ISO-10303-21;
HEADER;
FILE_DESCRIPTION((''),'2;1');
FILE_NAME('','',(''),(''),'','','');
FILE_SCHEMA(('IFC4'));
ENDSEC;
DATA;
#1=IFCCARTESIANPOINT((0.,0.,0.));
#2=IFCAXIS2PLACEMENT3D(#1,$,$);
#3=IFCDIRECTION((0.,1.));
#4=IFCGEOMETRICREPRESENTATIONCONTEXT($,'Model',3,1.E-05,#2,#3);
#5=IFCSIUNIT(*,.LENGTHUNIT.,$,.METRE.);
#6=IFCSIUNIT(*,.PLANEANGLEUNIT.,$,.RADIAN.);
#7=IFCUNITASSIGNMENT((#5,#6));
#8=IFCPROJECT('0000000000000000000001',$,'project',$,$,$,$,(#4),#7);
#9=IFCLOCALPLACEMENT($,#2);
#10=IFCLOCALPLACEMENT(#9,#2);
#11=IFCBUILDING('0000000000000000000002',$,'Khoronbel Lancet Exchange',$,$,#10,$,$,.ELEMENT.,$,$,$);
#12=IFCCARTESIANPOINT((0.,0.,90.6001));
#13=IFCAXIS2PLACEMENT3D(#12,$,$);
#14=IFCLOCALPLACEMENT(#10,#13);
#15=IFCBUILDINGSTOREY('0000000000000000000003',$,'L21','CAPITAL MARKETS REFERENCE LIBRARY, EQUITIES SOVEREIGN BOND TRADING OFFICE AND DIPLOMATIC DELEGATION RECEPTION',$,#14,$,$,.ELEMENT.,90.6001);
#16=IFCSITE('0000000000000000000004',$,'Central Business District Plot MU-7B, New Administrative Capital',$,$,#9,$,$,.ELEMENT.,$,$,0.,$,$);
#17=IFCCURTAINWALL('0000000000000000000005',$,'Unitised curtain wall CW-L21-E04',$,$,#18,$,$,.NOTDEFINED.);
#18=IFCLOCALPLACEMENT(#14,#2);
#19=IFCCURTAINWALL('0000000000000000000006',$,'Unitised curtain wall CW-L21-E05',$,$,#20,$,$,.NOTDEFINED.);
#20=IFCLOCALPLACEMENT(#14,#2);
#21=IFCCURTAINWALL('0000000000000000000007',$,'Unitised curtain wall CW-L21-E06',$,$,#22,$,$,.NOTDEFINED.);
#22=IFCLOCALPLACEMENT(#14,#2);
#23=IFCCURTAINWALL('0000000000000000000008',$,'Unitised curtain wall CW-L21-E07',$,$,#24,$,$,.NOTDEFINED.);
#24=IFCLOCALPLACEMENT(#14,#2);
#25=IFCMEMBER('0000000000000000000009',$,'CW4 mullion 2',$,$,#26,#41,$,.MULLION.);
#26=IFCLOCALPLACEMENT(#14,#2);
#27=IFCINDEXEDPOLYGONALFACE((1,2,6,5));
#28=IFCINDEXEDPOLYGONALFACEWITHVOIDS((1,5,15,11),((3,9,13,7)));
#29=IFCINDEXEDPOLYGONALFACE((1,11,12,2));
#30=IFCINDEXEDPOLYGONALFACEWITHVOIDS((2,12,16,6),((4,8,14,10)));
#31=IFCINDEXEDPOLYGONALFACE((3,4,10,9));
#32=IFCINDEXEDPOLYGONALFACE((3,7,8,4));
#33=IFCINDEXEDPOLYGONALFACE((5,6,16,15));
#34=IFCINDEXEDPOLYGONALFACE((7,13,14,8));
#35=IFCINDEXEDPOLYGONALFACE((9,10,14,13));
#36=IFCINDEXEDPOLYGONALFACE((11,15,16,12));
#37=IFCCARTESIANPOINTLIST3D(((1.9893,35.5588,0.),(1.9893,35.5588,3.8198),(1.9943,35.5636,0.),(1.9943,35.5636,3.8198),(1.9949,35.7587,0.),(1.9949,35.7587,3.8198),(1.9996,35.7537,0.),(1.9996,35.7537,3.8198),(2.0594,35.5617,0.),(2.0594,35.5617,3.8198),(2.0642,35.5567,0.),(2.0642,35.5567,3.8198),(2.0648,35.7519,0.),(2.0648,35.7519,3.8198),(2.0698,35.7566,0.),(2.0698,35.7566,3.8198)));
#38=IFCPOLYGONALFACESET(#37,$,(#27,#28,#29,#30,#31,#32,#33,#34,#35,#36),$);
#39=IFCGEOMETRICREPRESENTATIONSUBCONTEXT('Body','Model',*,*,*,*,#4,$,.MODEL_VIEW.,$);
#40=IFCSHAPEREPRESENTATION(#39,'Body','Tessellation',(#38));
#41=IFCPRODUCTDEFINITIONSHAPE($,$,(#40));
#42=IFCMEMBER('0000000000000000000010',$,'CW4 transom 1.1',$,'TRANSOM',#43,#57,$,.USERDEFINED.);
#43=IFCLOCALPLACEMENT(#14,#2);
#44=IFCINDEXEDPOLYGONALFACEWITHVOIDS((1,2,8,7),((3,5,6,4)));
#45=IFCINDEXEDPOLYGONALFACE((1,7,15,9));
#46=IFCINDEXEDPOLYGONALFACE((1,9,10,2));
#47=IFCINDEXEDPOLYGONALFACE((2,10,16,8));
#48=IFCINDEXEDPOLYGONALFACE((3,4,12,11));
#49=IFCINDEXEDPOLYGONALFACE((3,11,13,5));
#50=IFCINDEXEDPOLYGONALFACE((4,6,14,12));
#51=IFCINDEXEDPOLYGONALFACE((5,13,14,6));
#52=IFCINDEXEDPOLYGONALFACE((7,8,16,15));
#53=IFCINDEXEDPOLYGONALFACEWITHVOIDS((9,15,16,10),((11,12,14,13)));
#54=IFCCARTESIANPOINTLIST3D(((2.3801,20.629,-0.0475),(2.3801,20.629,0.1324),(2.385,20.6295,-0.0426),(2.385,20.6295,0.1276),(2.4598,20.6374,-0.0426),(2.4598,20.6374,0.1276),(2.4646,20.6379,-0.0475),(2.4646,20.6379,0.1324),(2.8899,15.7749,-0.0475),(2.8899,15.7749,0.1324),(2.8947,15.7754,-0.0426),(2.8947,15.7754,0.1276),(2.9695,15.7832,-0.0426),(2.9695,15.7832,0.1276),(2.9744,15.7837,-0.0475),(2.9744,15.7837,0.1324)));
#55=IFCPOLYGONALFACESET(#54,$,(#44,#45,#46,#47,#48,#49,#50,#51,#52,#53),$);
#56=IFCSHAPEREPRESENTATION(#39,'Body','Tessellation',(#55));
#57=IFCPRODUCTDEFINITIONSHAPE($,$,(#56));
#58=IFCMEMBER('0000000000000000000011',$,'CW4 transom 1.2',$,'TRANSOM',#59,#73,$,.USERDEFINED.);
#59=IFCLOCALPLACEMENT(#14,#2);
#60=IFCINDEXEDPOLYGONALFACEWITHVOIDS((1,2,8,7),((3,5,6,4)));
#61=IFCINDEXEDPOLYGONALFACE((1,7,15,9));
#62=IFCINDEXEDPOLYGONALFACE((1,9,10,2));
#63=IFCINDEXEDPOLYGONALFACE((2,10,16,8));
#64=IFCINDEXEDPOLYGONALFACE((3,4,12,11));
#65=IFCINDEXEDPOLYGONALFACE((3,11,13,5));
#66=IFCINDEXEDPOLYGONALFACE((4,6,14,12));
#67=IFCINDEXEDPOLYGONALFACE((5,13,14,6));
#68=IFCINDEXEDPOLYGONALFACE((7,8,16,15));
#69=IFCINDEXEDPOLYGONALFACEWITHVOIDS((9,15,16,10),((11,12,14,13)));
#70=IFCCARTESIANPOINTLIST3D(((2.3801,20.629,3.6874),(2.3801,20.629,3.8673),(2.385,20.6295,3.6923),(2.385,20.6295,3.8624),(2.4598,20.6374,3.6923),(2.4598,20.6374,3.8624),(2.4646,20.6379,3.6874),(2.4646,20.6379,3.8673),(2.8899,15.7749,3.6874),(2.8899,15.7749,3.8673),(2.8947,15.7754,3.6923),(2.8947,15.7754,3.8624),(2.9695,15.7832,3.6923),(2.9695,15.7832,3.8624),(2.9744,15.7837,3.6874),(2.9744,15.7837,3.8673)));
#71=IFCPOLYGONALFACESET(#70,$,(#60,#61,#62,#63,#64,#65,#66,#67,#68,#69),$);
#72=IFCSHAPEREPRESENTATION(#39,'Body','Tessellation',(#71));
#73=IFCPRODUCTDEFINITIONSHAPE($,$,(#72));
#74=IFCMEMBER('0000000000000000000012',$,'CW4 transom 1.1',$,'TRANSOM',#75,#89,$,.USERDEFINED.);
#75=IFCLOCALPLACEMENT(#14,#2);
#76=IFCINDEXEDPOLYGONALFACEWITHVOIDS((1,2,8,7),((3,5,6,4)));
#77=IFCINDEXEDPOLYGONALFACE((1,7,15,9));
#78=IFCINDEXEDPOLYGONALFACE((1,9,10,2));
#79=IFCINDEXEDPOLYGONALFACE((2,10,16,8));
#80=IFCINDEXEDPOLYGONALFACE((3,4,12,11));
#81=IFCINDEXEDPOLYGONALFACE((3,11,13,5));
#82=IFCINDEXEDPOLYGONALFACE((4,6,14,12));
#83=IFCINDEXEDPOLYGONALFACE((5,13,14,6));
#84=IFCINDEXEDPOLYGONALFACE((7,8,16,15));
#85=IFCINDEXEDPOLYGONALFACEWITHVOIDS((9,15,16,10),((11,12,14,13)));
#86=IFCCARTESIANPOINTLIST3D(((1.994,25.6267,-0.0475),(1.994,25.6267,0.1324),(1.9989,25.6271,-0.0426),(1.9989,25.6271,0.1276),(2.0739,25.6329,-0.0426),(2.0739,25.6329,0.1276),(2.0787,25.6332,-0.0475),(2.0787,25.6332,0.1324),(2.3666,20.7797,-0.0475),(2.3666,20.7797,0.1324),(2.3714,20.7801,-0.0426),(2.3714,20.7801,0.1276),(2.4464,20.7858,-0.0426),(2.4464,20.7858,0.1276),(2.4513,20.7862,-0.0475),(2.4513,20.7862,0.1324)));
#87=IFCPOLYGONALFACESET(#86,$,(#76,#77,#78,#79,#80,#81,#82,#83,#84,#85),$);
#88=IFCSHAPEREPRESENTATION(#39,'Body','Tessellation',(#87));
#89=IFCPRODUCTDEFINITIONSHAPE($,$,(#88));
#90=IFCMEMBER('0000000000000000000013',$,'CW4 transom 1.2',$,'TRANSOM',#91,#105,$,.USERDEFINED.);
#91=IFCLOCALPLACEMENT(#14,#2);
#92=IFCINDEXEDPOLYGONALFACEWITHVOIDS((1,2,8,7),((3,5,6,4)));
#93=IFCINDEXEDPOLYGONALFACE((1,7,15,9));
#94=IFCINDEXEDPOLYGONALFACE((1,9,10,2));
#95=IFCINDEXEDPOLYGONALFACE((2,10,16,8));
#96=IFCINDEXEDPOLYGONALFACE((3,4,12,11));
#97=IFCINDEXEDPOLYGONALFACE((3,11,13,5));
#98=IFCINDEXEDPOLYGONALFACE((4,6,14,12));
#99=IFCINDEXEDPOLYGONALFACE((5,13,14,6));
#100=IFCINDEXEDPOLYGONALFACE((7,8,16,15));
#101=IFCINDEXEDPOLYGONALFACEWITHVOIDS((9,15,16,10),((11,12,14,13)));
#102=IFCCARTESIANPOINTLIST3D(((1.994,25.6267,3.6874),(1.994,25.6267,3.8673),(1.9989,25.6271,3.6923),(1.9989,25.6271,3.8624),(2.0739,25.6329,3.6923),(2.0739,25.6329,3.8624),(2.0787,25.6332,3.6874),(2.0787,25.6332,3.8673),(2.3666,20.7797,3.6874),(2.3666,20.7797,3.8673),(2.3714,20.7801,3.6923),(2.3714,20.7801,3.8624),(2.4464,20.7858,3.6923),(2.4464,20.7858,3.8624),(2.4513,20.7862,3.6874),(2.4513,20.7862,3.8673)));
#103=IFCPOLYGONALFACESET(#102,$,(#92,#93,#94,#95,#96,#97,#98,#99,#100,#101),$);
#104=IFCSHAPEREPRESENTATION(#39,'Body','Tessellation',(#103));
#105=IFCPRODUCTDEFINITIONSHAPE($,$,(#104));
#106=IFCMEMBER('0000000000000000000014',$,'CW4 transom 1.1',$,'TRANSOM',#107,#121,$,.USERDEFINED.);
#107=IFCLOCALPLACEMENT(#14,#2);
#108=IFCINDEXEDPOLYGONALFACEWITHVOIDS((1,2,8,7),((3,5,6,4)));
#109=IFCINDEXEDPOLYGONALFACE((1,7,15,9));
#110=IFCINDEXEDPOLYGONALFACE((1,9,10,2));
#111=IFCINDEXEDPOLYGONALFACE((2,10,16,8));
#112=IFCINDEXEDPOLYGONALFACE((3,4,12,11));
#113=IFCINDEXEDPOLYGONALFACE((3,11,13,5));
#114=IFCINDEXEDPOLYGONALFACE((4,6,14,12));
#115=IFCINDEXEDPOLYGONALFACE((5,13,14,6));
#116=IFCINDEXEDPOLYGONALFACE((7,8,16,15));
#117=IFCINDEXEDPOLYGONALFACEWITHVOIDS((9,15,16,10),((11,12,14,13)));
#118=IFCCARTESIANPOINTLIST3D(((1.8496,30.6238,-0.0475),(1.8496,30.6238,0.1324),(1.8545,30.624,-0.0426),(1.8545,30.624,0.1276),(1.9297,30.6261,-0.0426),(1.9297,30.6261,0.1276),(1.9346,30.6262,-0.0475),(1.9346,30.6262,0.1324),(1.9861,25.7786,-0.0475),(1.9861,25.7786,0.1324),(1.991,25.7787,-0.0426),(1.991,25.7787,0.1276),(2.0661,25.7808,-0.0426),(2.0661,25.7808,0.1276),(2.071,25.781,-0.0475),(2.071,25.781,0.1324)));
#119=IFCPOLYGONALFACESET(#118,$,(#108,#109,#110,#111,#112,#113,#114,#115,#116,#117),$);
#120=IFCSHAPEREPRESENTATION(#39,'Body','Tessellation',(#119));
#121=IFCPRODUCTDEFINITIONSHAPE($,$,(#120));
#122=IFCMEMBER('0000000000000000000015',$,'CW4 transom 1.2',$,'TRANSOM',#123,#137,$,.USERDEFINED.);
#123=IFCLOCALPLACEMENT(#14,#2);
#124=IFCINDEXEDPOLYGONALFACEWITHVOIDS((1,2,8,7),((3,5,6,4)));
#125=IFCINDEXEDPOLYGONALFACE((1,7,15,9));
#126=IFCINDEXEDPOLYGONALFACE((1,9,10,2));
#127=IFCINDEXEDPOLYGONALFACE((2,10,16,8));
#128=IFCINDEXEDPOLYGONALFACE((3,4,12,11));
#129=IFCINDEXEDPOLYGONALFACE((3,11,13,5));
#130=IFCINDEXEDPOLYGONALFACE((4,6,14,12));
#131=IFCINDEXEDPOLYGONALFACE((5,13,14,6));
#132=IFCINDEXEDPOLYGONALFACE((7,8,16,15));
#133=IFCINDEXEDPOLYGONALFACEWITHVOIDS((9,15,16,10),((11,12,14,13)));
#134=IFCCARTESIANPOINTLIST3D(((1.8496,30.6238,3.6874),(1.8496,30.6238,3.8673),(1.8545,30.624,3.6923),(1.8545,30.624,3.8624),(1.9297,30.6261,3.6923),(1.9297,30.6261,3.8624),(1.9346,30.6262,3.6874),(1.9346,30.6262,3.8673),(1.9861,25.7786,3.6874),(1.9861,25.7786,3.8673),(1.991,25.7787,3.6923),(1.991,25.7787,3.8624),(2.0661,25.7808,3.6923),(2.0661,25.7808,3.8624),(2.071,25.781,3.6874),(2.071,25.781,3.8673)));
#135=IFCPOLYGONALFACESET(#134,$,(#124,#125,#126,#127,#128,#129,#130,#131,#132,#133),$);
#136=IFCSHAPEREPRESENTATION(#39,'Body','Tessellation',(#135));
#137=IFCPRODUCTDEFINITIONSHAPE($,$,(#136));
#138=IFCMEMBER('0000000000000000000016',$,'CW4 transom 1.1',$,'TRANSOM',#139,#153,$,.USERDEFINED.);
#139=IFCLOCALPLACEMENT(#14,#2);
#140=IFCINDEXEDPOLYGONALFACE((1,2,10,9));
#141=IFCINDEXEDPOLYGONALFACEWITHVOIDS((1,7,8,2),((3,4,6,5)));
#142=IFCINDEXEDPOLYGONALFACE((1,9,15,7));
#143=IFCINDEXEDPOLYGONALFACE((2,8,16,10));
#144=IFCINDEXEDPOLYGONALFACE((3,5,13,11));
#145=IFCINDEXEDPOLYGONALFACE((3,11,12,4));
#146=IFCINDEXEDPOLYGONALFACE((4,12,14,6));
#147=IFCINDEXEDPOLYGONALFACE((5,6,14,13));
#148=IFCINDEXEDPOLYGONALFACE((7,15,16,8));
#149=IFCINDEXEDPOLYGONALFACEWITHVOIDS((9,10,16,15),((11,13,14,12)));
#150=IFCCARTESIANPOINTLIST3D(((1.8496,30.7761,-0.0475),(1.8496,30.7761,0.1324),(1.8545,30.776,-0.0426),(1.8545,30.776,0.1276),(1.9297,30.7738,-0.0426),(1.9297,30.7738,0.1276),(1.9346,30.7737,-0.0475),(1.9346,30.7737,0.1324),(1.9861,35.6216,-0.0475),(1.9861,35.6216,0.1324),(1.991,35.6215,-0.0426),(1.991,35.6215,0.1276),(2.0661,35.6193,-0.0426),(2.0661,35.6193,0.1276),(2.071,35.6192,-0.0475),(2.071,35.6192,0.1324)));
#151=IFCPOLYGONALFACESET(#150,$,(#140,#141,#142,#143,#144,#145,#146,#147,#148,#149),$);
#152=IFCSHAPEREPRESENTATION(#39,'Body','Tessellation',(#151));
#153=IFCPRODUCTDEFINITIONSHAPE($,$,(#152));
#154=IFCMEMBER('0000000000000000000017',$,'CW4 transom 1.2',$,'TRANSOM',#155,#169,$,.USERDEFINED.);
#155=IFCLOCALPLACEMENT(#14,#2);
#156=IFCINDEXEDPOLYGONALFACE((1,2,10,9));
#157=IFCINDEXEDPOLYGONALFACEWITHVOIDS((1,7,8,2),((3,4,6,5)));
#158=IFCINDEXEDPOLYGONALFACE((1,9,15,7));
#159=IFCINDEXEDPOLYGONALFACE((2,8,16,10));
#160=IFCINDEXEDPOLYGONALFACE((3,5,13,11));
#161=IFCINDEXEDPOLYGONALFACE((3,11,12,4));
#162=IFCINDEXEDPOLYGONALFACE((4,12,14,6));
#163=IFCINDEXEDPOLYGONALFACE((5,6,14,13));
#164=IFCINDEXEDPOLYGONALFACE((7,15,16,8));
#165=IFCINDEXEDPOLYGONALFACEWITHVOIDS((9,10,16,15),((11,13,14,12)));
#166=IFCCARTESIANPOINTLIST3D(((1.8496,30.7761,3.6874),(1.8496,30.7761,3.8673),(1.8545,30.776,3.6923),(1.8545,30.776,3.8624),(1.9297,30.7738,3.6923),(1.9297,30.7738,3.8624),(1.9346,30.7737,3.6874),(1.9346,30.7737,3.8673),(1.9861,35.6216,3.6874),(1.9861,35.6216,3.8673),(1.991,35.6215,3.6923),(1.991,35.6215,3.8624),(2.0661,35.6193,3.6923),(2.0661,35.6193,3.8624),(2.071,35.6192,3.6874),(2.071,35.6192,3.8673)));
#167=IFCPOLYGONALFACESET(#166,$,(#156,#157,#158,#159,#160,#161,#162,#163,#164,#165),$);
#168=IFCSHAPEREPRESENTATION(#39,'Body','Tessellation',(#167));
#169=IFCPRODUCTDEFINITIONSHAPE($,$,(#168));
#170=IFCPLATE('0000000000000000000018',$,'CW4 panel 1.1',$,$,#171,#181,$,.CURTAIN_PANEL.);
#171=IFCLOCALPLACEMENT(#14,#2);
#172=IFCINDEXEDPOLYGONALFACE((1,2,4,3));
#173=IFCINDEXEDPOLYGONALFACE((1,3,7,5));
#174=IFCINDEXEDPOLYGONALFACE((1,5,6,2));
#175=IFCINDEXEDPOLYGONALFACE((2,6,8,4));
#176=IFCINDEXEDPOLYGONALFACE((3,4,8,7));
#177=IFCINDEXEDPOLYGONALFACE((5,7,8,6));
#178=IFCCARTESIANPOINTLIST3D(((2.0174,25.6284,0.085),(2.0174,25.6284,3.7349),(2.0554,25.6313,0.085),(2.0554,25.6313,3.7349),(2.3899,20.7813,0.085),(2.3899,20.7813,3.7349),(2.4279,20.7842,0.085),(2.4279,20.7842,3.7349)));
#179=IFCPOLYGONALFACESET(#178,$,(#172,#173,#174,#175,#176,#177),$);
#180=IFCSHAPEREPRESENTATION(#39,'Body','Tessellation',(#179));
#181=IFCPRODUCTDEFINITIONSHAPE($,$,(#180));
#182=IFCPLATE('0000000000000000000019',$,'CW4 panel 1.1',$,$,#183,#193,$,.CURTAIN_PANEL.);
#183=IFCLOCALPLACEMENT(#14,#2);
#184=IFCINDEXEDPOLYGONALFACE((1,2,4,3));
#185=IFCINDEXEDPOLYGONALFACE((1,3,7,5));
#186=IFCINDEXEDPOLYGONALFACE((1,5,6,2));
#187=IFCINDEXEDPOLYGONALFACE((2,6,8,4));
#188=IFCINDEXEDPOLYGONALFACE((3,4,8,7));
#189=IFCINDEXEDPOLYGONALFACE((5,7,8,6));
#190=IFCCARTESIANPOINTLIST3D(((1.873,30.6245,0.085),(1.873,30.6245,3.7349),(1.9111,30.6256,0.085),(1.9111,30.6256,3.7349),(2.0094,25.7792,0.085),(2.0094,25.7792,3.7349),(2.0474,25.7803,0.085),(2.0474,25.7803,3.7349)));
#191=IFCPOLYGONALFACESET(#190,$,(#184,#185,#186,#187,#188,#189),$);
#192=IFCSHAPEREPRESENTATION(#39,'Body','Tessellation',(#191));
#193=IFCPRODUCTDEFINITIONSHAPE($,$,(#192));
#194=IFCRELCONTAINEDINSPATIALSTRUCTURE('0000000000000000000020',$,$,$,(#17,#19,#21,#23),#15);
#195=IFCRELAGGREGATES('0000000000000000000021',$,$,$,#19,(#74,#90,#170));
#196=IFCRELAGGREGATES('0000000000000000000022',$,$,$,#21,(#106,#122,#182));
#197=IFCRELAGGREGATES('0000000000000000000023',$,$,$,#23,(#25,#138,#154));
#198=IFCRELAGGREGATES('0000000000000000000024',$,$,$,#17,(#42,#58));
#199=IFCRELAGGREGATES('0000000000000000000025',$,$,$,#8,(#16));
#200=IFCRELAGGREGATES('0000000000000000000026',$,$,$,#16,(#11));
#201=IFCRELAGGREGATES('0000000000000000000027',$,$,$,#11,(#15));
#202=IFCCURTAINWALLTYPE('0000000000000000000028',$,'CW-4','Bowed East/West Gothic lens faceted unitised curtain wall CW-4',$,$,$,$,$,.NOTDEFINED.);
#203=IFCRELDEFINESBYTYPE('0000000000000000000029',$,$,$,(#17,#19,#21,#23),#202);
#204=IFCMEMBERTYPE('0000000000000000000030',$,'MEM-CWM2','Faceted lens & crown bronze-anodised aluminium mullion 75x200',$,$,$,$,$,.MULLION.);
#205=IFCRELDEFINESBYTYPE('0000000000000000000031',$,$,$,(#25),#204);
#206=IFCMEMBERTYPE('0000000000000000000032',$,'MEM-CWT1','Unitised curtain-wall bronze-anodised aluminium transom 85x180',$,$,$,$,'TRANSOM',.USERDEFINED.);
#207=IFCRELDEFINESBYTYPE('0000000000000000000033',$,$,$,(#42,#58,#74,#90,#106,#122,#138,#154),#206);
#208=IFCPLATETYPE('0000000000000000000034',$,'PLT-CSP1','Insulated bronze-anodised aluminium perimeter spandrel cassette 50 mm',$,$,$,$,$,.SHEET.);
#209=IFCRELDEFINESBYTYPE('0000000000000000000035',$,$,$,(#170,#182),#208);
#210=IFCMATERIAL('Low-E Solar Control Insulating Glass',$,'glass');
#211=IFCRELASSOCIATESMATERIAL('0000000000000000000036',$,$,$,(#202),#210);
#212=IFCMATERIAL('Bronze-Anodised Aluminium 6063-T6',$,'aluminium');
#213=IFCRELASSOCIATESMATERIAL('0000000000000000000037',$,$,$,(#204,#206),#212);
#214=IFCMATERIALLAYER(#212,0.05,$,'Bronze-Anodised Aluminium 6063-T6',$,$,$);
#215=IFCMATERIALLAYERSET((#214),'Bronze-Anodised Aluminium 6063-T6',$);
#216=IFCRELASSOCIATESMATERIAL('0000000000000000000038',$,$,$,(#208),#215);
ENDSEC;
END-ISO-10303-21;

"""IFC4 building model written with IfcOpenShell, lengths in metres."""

from ifc_helpers import new_model, si_unit, direction, frame, origin, origin_2d, place, context, subcontext, project, spatial, rectangle, hollow_rectangle, extrude, material, layer, layer_set, material_profile, profile_set, type_object, element, aggregate, save


model = new_model("IFC4")

# Units and contexts
model_context = context("Model", 3, precision=1e-05, world=origin(), true_north=direction((0.0, 1.0)))
body_context = subcontext(model_context, "Body", "Model", "MODEL_VIEW")
ifc_project = project(units=[si_unit("LENGTHUNIT", "METRE"), si_unit("PLANEANGLEUNIT", "RADIAN")], contexts=[model_context])

# Site, building, storey
site_placement = place(None, origin())
site = spatial("IfcSite", under=ifc_project, at=site_placement, Name="Central Business District Plot MU-7B, New Administrative Capital", CompositionType="ELEMENT", RefElevation=0.0)
building_placement = place(site_placement, origin())
building = spatial("IfcBuilding", under=site, at=building_placement, Name="Khoronbel Lancet Exchange", CompositionType="ELEMENT")
storey_placement = place(building_placement, frame((0.0, 0.0, 90.6001)))
storey = spatial("IfcBuildingStorey", under=building, at=storey_placement, Name="L21", Description="CAPITAL MARKETS REFERENCE LIBRARY, EQUITIES SOVEREIGN BOND TRADING OFFICE AND DIPLOMATIC DELEGATION RECEPTION", CompositionType="ELEMENT", Elevation=90.6001)

# Curtain walls, member
ifc_material_1 = material(Name="Low-E Solar Control Insulating Glass", Category="glass")
curtain_wall_type = type_object("IfcCurtainWallType", Name="CW-4", Description="Bowed East/West Gothic lens faceted unitised curtain wall CW-4", PredefinedType="NOTDEFINED", material=ifc_material_1)
curtain_wall_1_placement = place(storey_placement, origin())
curtain_wall_1 = element("IfcCurtainWall", 1, at=curtain_wall_1_placement, inside=storey, type_object=curtain_wall_type, Name="Unitised curtain wall CW-L21-E04", PredefinedType="NOTDEFINED")
ifc_material_2 = material(Name="Bronze-Anodised Aluminium 6063-T6", Category="aluminium")
ifc_material_profile_1 = material_profile(ifc_material_2, hollow_rectangle(XDim=0.075, YDim=0.2, WallThickness=0.0049, at=origin_2d()), Name="ALU MULLION 75x200")
ifc_profile_set_1 = profile_set([ifc_material_profile_1], Name="Bronze-Anodised Aluminium 6063-T6")
member_type_1 = type_object("IfcMemberType", Name="MEM-CWM2", Description="Faceted lens & crown bronze-anodised aluminium mullion 75x200", PredefinedType="MULLION", material=ifc_profile_set_1)
curtain_wall_2_placement = place(storey_placement, origin())
curtain_wall_2 = element("IfcCurtainWall", 2, at=curtain_wall_2_placement, inside=storey, type_object=curtain_wall_type, Name="Unitised curtain wall CW-L21-E05", PredefinedType="NOTDEFINED")
curtain_wall_3_placement = place(storey_placement, origin())
curtain_wall_3 = element("IfcCurtainWall", 3, at=curtain_wall_3_placement, inside=storey, type_object=curtain_wall_type, Name="Unitised curtain wall CW-L21-E06", PredefinedType="NOTDEFINED")
curtain_wall_4_placement = place(storey_placement, origin())
curtain_wall_4 = element("IfcCurtainWall", 4, at=curtain_wall_4_placement, inside=storey, type_object=curtain_wall_type, Name="Unitised curtain wall CW-L21-E07", PredefinedType="NOTDEFINED")
member_1_placement = place(storey_placement, frame((2.0295, 35.6577, 0.0), z_axis=(0.0, 0.0, 1.0), x_axis=(-0.999604, 0.028135, 0.0)))
member_1 = element("IfcMember", 5, at=member_1_placement, type_object=member_type_1, Name="CW4 mullion 2", PredefinedType="MULLION", context=body_context, shape_type="SweptSolid", body=[
    extrude(hollow_rectangle(XDim=0.075, YDim=0.2, WallThickness=0.0049, at=origin_2d()), origin(), (0.0, 0.0, 1.0), 3.8198),
])

# Members
ifc_material_profile_2 = material_profile(ifc_material_2, hollow_rectangle(XDim=0.085, YDim=0.1799, WallThickness=0.0049, at=origin_2d()), Name="ALU TRANSOM 85x180")
ifc_profile_set_2 = profile_set([ifc_material_profile_2], Name="Bronze-Anodised Aluminium 6063-T6")
member_type_2 = type_object("IfcMemberType", Name="MEM-CWT1", Description="Unitised curtain-wall bronze-anodised aluminium transom 85x180", ElementType="TRANSOM", PredefinedType="USERDEFINED", material=ifc_profile_set_2)
member_2_placement = place(storey_placement, frame((2.9321, 15.7793, 0.0425), z_axis=(-0.10444, 0.994531, 0.0), x_axis=(-0.994531, -0.10444, 0.0)))
member_2 = element("IfcMember", 6, at=member_2_placement, type_object=member_type_2, Name="CW4 transom 1.1", ObjectType="TRANSOM", PredefinedType="USERDEFINED", context=body_context, shape_type="SweptSolid", body=[
    extrude(hollow_rectangle(XDim=0.085, YDim=0.1799, WallThickness=0.0049, at=origin_2d()), origin(), (0.0, 0.0, 1.0), 4.8809),
])
member_3_placement = place(storey_placement, frame((2.9321, 15.7793, 3.7773), z_axis=(-0.10444, 0.994531, 0.0), x_axis=(-0.994531, -0.10444, 0.0)))
member_3 = element("IfcMember", 7, at=member_3_placement, type_object=member_type_2, Name="CW4 transom 1.2", ObjectType="TRANSOM", PredefinedType="USERDEFINED", context=body_context, shape_type="SweptSolid", body=[
    extrude(hollow_rectangle(XDim=0.085, YDim=0.1799, WallThickness=0.0049, at=origin_2d()), origin(), (0.0, 0.0, 1.0), 4.8809),
])
member_4_placement = place(storey_placement, frame((2.4089, 20.783, 0.0425), z_axis=(-0.076639, 0.997059, 0.0), x_axis=(-0.997059, -0.076639, 0.0)))
member_4 = element("IfcMember", 8, at=member_4_placement, type_object=member_type_2, Name="CW4 transom 1.1", ObjectType="TRANSOM", PredefinedType="USERDEFINED", context=body_context, shape_type="SweptSolid", body=[
    extrude(hollow_rectangle(XDim=0.085, YDim=0.1799, WallThickness=0.0049, at=origin_2d()), origin(), (0.0, 0.0, 1.0), 4.8613),
])
member_5_placement = place(storey_placement, frame((2.4089, 20.783, 3.7773), z_axis=(-0.076639, 0.997059, 0.0), x_axis=(-0.997059, -0.076639, 0.0)))
member_5 = element("IfcMember", 9, at=member_5_placement, type_object=member_type_2, Name="CW4 transom 1.2", ObjectType="TRANSOM", PredefinedType="USERDEFINED", context=body_context, shape_type="SweptSolid", body=[
    extrude(hollow_rectangle(XDim=0.085, YDim=0.1799, WallThickness=0.0049, at=origin_2d()), origin(), (0.0, 0.0, 1.0), 4.8613),
])
member_6_placement = place(storey_placement, frame((2.0286, 25.7798, 0.0425), z_axis=(-0.028156, 0.999604, 0.0), x_axis=(-0.999604, -0.028156, 0.0)))
member_6 = element("IfcMember", 10, at=member_6_placement, type_object=member_type_2, Name="CW4 transom 1.1", ObjectType="TRANSOM", PredefinedType="USERDEFINED", context=body_context, shape_type="SweptSolid", body=[
    extrude(hollow_rectangle(XDim=0.085, YDim=0.1799, WallThickness=0.0049, at=origin_2d()), origin(), (0.0, 0.0, 1.0), 4.8472),
])
member_7_placement = place(storey_placement, frame((2.0286, 25.7798, 3.7773), z_axis=(-0.028156, 0.999604, 0.0), x_axis=(-0.999604, -0.028156, 0.0)))
member_7 = element("IfcMember", 11, at=member_7_placement, type_object=member_type_2, Name="CW4 transom 1.2", ObjectType="TRANSOM", PredefinedType="USERDEFINED", context=body_context, shape_type="SweptSolid", body=[
    extrude(hollow_rectangle(XDim=0.085, YDim=0.1799, WallThickness=0.0049, at=origin_2d()), origin(), (0.0, 0.0, 1.0), 4.8472),
])
member_8_placement = place(storey_placement, frame((1.8921, 30.7749, 0.0425), z_axis=(0.028154, 0.999604, 0.0), x_axis=(-0.999604, 0.028154, 0.0)))
member_8 = element("IfcMember", 12, at=member_8_placement, type_object=member_type_2, Name="CW4 transom 1.1", ObjectType="TRANSOM", PredefinedType="USERDEFINED", context=body_context, shape_type="SweptSolid", body=[
    extrude(hollow_rectangle(XDim=0.085, YDim=0.1799, WallThickness=0.0049, at=origin_2d()), origin(), (0.0, 0.0, 1.0), 4.8474),
])
member_9_placement = place(storey_placement, frame((1.8921, 30.7749, 3.7773), z_axis=(0.028154, 0.999604, 0.0), x_axis=(-0.999604, 0.028154, 0.0)))
member_9 = element("IfcMember", 13, at=member_9_placement, type_object=member_type_2, Name="CW4 transom 1.2", ObjectType="TRANSOM", PredefinedType="USERDEFINED", context=body_context, shape_type="SweptSolid", body=[
    extrude(hollow_rectangle(XDim=0.085, YDim=0.1799, WallThickness=0.0049, at=origin_2d()), origin(), (0.0, 0.0, 1.0), 4.8474),
])

# Plates
ifc_layer_1 = layer(ifc_material_2, 0.05, Name="Bronze-Anodised Aluminium 6063-T6")
ifc_layer_set_1 = layer_set([ifc_layer_1], Name="Bronze-Anodised Aluminium 6063-T6")
plate_type_1 = type_object("IfcPlateType", Name="PLT-CSP1", Description="Insulated bronze-anodised aluminium perimeter spandrel cassette 50 mm", PredefinedType="SHEET", material=ifc_layer_set_1)
plate_1_placement = place(storey_placement, frame((2.2227, 23.2063, 0.085), z_axis=(0.0, 0.0, 1.0), x_axis=(-0.076626, 0.99706, 0.0)))
plate_1 = element("IfcPlate", 14, at=plate_1_placement, type_object=plate_type_1, Name="CW4 panel 1.1", PredefinedType="CURTAIN_PANEL", context=body_context, shape_type="SweptSolid", body=[
    extrude(rectangle(XDim=4.8613, YDim=0.0381, at=origin_2d()), origin(), (0.0, 0.0, 1.0), 3.6499),
])
aggregate(curtain_wall_2, [member_4, member_5, plate_1])
plate_2_placement = place(storey_placement, frame((1.9602, 28.2024, 0.085), z_axis=(0.0, 0.0, 1.0), x_axis=(-0.028135, 0.999604, 0.0)))
plate_2 = element("IfcPlate", 15, at=plate_2_placement, type_object=plate_type_1, Name="CW4 panel 1.1", PredefinedType="CURTAIN_PANEL", context=body_context, shape_type="SweptSolid", body=[
    extrude(rectangle(XDim=4.8472, YDim=0.0381, at=origin_2d()), origin(), (0.0, 0.0, 1.0), 3.6499),
])
aggregate(curtain_wall_3, [member_6, member_7, plate_2])
aggregate(curtain_wall_4, [member_1, member_8, member_9])
aggregate(curtain_wall_1, [member_2, member_3])

save(model, "model.ifc")
